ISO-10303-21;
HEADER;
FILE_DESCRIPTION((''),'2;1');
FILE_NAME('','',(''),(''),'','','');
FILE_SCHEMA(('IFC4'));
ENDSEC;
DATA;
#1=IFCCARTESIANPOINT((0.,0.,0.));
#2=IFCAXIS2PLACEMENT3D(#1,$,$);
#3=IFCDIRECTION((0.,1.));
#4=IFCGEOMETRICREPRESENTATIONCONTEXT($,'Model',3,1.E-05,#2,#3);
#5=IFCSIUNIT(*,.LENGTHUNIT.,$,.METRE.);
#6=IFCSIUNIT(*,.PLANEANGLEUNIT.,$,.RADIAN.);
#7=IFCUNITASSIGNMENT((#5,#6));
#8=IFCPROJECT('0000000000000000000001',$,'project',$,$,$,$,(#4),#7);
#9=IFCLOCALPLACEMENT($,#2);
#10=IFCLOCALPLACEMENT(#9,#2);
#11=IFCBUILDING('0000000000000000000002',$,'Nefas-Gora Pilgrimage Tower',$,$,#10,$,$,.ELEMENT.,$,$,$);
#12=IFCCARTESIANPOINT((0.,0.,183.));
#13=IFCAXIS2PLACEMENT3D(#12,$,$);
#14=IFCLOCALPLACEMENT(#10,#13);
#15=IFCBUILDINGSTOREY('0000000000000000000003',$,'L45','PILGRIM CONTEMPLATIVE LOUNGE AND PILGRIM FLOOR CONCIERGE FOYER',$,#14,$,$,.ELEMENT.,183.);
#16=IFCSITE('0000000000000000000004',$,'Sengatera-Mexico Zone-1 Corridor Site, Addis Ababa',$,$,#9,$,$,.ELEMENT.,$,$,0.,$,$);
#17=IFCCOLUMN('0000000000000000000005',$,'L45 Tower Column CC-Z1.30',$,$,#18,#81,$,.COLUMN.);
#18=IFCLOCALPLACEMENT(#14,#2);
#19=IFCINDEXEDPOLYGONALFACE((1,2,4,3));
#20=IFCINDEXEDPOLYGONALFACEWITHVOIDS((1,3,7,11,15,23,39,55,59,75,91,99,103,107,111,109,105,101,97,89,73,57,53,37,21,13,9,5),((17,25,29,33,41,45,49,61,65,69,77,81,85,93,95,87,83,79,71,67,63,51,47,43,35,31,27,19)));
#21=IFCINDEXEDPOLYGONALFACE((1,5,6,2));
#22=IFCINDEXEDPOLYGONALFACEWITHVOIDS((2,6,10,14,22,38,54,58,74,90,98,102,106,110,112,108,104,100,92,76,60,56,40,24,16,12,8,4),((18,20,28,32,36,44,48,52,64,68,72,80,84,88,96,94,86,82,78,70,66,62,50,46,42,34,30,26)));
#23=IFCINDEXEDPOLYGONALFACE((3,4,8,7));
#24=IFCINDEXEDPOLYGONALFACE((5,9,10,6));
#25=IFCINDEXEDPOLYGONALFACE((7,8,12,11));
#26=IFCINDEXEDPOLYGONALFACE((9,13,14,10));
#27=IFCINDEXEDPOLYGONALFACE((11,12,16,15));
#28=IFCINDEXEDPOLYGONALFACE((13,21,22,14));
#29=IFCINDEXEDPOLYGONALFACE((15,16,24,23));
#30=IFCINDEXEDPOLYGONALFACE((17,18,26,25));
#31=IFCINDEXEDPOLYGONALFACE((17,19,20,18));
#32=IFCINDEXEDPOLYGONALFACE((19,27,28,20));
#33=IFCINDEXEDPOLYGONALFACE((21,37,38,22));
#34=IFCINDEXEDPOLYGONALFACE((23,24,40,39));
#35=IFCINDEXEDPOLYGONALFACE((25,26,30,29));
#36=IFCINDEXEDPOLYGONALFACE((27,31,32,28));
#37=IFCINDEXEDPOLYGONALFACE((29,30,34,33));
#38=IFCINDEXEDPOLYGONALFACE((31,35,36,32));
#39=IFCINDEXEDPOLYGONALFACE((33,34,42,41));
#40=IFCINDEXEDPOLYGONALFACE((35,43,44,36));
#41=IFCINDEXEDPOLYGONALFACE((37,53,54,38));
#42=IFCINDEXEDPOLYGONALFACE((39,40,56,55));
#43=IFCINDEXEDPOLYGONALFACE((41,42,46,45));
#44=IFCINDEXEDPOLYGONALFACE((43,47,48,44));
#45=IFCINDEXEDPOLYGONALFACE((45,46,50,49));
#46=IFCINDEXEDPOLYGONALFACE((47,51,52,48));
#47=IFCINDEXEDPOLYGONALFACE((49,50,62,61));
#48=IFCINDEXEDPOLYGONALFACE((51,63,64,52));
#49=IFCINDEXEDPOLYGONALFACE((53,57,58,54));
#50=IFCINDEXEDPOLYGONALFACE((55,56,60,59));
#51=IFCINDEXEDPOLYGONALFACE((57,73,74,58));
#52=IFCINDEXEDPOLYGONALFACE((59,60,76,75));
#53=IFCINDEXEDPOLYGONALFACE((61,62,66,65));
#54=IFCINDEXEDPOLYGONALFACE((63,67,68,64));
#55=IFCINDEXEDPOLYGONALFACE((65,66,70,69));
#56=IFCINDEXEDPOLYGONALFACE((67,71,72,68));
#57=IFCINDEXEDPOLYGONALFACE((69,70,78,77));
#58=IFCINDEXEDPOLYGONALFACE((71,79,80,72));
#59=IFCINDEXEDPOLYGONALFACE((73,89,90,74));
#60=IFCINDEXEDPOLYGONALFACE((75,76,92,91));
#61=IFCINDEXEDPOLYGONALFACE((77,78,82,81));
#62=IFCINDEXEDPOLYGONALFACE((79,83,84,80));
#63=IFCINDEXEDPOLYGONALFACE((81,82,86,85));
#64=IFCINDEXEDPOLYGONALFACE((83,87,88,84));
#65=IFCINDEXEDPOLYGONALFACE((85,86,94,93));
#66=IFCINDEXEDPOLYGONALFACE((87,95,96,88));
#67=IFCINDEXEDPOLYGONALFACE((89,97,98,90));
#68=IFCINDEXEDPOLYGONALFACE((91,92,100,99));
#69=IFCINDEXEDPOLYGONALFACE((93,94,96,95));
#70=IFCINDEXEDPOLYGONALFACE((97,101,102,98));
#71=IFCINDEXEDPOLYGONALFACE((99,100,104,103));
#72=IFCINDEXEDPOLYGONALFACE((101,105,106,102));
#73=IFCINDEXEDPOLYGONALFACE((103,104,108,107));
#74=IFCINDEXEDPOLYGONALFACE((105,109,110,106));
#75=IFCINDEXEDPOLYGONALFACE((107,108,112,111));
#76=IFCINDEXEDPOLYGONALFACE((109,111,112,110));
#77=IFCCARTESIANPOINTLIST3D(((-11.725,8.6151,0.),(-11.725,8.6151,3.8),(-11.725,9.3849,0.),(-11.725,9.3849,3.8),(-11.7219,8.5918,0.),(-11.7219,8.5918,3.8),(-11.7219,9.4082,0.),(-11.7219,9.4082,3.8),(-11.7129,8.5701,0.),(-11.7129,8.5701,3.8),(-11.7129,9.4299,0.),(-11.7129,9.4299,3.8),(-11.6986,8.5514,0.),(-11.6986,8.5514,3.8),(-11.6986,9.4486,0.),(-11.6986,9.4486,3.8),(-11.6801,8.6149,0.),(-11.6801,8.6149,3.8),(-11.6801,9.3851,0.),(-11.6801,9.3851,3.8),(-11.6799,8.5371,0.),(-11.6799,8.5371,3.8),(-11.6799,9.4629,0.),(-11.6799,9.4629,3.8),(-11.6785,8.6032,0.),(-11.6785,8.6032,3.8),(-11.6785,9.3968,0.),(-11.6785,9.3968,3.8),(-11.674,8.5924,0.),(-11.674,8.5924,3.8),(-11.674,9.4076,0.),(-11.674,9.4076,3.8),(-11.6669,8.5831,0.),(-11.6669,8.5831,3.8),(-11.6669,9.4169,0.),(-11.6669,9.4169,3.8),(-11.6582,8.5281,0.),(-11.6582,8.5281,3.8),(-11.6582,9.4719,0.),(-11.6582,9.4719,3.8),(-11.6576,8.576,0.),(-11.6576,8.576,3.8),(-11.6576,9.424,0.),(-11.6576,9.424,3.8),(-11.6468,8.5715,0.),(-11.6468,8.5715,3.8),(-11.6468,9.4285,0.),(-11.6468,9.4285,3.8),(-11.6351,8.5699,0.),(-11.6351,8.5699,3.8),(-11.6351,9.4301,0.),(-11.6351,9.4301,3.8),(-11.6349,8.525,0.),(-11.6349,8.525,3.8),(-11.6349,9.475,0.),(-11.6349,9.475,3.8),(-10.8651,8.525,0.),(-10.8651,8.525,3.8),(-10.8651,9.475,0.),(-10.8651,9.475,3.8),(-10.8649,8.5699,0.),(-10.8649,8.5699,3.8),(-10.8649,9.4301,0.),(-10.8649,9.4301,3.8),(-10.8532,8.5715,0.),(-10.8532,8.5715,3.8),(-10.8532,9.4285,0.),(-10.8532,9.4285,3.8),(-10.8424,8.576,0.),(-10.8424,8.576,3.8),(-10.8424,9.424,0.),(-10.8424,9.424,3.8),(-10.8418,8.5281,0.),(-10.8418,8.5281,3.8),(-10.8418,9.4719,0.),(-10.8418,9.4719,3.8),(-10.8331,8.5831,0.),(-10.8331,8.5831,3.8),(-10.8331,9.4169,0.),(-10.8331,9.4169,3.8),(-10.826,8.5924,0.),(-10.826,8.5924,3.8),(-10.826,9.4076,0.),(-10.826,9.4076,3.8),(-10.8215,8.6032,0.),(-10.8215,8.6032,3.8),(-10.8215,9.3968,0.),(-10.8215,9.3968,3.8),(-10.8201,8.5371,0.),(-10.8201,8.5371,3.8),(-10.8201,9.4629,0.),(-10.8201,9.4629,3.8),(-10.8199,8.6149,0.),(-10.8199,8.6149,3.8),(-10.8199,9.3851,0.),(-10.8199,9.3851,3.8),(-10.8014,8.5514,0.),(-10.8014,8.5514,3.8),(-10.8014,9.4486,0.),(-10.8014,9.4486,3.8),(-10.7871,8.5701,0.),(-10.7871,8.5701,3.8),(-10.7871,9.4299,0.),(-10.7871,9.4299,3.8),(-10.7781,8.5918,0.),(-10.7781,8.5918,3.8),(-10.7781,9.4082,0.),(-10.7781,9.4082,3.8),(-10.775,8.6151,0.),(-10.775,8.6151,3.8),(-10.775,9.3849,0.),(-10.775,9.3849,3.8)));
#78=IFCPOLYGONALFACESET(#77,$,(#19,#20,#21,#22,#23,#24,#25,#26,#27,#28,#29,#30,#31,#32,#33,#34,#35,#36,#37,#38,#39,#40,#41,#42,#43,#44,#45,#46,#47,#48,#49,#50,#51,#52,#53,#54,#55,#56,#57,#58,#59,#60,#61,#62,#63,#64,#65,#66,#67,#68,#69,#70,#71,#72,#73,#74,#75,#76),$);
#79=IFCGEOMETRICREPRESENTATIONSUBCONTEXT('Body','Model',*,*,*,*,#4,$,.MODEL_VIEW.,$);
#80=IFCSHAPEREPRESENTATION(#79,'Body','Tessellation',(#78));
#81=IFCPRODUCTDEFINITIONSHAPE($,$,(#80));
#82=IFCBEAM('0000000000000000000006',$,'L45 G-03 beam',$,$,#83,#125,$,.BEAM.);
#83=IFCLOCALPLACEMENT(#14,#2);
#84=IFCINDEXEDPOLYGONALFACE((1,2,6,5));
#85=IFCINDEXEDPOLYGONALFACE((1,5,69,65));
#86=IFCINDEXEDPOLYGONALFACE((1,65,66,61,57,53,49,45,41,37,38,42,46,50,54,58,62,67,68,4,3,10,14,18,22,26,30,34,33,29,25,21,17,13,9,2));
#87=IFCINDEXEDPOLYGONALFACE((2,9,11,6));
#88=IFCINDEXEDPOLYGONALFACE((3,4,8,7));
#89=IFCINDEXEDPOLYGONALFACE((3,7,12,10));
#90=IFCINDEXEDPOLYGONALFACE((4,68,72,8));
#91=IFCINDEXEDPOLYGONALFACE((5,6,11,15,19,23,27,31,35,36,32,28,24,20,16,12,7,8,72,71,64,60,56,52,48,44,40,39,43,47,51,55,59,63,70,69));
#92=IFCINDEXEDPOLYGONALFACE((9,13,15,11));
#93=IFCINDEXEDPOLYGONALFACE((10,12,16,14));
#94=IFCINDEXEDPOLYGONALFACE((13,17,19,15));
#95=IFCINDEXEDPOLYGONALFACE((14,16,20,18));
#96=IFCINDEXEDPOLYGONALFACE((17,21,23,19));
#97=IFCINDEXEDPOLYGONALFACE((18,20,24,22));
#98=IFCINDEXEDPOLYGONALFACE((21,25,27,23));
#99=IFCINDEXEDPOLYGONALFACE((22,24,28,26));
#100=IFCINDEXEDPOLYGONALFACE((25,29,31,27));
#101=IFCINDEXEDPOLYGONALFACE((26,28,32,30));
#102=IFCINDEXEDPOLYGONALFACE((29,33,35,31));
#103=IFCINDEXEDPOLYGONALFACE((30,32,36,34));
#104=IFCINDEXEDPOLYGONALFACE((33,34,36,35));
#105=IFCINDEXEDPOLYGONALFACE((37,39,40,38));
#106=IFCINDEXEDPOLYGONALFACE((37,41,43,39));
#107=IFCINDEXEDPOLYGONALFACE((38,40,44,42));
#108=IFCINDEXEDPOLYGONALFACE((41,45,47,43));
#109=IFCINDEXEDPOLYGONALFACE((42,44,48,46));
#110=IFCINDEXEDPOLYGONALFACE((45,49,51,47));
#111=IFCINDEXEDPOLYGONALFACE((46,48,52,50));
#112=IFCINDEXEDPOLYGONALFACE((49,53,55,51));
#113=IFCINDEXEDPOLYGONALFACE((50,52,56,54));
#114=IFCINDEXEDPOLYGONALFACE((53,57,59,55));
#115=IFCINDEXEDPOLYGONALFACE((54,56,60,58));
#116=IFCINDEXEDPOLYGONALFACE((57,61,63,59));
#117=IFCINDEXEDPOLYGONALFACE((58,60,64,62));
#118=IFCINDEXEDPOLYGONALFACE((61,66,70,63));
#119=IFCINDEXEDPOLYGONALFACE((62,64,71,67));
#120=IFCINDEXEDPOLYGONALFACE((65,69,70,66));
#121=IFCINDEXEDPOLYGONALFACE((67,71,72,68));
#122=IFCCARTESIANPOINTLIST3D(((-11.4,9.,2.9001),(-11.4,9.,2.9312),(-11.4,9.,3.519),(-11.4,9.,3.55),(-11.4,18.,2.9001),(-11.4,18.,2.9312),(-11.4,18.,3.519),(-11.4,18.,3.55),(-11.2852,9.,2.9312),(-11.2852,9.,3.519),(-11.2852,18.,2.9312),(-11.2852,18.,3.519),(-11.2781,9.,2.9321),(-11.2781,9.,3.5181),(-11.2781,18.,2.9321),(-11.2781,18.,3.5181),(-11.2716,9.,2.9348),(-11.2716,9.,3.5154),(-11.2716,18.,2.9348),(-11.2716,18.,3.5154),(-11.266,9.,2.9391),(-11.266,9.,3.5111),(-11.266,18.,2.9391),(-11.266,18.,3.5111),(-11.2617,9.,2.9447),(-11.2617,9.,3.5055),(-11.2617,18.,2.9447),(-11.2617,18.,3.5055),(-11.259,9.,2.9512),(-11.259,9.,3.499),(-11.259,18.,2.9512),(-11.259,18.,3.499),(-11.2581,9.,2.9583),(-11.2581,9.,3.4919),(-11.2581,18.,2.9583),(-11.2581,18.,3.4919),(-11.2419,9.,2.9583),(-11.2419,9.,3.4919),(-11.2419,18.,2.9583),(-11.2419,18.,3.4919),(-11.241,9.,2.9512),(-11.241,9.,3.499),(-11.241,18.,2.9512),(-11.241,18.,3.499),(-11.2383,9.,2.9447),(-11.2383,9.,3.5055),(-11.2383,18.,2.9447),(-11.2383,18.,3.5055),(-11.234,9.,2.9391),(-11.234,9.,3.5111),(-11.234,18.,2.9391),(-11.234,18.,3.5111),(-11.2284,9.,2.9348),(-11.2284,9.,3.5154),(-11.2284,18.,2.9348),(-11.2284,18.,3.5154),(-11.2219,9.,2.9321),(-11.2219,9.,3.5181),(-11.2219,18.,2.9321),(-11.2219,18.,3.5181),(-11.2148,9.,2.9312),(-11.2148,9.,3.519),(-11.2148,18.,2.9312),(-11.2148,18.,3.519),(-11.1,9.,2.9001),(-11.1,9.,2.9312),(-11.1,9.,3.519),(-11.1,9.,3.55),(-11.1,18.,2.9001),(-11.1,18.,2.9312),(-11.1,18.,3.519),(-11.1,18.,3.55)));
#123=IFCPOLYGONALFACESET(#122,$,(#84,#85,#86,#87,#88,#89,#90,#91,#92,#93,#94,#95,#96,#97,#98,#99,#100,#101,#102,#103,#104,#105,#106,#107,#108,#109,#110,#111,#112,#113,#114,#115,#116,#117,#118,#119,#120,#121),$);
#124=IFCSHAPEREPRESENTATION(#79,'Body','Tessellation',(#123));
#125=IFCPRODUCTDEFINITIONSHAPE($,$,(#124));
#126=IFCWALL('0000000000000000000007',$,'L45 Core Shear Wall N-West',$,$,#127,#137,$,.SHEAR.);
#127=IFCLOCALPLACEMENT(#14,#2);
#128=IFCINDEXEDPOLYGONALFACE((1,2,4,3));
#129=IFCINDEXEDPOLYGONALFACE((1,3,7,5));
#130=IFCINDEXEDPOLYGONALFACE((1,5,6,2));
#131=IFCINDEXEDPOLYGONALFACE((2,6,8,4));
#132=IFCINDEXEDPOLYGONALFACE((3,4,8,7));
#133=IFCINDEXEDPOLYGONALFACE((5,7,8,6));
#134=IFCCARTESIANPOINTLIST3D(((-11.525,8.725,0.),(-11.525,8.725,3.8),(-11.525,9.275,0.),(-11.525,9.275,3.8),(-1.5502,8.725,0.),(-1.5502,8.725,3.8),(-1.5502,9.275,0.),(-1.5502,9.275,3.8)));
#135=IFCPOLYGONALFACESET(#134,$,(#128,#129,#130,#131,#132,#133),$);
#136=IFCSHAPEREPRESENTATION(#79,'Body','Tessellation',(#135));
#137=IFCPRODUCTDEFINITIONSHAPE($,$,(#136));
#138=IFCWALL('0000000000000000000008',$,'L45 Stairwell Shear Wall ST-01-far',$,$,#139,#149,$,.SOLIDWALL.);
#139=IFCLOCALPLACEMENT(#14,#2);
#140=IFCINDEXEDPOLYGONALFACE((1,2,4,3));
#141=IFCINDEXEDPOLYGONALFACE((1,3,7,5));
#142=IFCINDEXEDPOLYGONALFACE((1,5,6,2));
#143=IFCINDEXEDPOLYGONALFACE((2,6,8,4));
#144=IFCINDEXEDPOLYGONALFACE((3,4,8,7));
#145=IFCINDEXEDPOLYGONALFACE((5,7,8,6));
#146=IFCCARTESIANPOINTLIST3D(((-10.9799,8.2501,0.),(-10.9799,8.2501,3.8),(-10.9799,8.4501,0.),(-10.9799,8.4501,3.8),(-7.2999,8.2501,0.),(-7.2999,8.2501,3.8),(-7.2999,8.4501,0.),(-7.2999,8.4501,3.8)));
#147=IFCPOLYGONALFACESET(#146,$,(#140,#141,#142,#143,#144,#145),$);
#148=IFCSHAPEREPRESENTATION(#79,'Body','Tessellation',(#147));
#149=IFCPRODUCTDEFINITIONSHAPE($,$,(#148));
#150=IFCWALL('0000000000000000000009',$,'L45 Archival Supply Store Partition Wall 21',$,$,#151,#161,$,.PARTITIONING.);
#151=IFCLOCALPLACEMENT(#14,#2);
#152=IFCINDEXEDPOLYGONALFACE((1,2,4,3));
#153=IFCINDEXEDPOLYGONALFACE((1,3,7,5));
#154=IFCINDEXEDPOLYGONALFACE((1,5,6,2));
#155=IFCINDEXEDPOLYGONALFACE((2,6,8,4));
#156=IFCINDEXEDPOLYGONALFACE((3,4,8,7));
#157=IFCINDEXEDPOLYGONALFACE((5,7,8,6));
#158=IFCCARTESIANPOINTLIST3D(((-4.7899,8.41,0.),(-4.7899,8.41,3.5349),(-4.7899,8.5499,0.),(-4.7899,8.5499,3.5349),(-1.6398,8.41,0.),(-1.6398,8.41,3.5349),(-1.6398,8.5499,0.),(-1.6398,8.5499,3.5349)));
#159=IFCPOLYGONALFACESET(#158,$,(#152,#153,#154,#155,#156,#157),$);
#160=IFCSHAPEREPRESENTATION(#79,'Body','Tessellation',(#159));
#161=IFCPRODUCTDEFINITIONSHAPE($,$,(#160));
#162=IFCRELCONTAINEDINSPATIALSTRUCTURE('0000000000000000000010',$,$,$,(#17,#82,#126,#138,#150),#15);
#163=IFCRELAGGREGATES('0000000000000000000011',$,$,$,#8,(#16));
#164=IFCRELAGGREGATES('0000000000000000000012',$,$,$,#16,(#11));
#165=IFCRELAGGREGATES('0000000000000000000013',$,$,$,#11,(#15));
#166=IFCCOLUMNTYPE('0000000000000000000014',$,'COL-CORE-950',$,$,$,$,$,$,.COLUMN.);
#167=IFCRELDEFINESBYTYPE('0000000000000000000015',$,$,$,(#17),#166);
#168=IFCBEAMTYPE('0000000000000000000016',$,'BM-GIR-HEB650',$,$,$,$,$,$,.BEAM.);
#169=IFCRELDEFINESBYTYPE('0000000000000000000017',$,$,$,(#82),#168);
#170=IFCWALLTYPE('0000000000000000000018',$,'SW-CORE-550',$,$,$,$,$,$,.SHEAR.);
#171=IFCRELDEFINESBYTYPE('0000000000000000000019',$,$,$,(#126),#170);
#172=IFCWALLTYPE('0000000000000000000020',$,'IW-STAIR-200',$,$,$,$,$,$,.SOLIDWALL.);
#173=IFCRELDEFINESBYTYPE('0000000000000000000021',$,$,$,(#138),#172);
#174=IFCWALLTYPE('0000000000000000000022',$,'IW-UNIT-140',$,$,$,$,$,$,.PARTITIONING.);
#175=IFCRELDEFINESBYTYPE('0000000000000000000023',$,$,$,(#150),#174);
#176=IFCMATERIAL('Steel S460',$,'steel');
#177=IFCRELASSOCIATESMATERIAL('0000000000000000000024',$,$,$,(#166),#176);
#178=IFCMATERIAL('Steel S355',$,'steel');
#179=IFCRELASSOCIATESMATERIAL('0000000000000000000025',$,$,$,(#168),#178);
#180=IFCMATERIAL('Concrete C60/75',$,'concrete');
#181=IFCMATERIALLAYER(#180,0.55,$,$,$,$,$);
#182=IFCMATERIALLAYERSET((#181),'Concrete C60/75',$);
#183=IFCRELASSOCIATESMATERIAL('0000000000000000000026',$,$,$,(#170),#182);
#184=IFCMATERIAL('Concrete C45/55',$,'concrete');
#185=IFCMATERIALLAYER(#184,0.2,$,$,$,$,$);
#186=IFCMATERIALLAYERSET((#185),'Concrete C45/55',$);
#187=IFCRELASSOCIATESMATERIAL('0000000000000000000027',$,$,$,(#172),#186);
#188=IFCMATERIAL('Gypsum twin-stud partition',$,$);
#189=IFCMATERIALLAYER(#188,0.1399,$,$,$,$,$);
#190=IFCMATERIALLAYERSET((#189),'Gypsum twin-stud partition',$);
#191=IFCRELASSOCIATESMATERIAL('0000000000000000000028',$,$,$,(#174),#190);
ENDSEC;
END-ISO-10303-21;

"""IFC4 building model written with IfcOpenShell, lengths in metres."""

from ifc_helpers import new_model, si_unit, direction, frame, frame_2d, origin, origin_2d, place, context, subcontext, project, spatial, rectangle, hollow_rectangle, i_section, extrude, source, transform, mapped, material, layer, layer_set, material_profile, profile_set, type_object, element, save


model = new_model("IFC4")

# Units and contexts
model_context = context("Model", 3, precision=1e-05, world=origin(), true_north=direction((0.0, 1.0)))
body_context = subcontext(model_context, "Body", "Model", "MODEL_VIEW")
ifc_project = project(units=[si_unit("LENGTHUNIT", "METRE"), si_unit("PLANEANGLEUNIT", "RADIAN")], contexts=[model_context])

# Site, building, storey
site_placement = place(None, origin())
site = spatial("IfcSite", under=ifc_project, at=site_placement, Name="Sengatera-Mexico Zone-1 Corridor Site, Addis Ababa", CompositionType="ELEMENT", RefElevation=0.0)
building_placement = place(site_placement, origin())
building = spatial("IfcBuilding", under=site, at=building_placement, Name="Nefas-Gora Pilgrimage Tower", CompositionType="ELEMENT")
storey_placement = place(building_placement, frame((0.0, 0.0, 183.0)))
storey = spatial("IfcBuildingStorey", under=building, at=storey_placement, Name="L45", Description="PILGRIM CONTEMPLATIVE LOUNGE AND PILGRIM FLOOR CONCIERGE FOYER", CompositionType="ELEMENT", Elevation=183.0)

# Column
ifc_material_1 = material(Name="Steel S460", Category="steel")
ifc_material_profile_1 = material_profile(ifc_material_1, hollow_rectangle(XDim=0.95, YDim=0.95, WallThickness=0.0449, InnerFilletRadius=0.0449, OuterFilletRadius=0.0901, at=origin_2d()), Name="BOX 950x950x45")
ifc_profile_set_1 = profile_set([ifc_material_profile_1], Name="Steel S460")
column_type = type_object("IfcColumnType", Name="COL-CORE-950", PredefinedType="COLUMN", material=ifc_profile_set_1)
shared_shape_1 = source(origin(), body_context, "Body", "SweptSolid", [
    extrude(hollow_rectangle(XDim=0.95, YDim=0.95, WallThickness=0.0449, InnerFilletRadius=0.0449, OuterFilletRadius=0.0901, at=origin_2d()), origin(), (0.0, 0.0, 1.0), 3.8),
])
column_placement = place(storey_placement, frame((-11.25, 9.0, 0.0), z_axis=(0.0, 0.0, 1.0), x_axis=(1.0, 0.0, 0.0)))
element("IfcColumn", 1, at=column_placement, inside=storey, type_object=column_type, Name="L45 Tower Column CC-Z1.30", PredefinedType="COLUMN", context=body_context, shape_type="MappedRepresentation", body=[
    mapped(shared_shape_1, transform((0.0, 0.0, 0.0), x_axis=(1.0, 0.0, 0.0), y_axis=(0.0, 1.0, 0.0), z_axis=(0.0, 0.0, 1.0), scale=1.0)),
])

# Beam
ifc_material_2 = material(Name="Steel S355", Category="steel")
ifc_material_profile_2 = material_profile(ifc_material_2, i_section(OverallWidth=0.3, OverallDepth=0.6499, WebThickness=0.0161, FlangeThickness=0.031, FilletRadius=0.0271, at=origin_2d()), Name="HEB 650")
ifc_profile_set_2 = profile_set([ifc_material_profile_2], Name="Steel S355")
beam_type = type_object("IfcBeamType", Name="BM-GIR-HEB650", PredefinedType="BEAM", material=ifc_profile_set_2)
shared_shape_2 = source(origin(), body_context, "Body", "SweptSolid", [
    extrude(i_section(OverallWidth=0.3, OverallDepth=0.6499, WebThickness=0.0161, FlangeThickness=0.031, FilletRadius=0.0271, at=origin_2d()), origin(), (0.0, 0.0, 1.0), 9.0),
])
beam_placement = place(storey_placement, frame((-11.25, 9.0, 3.2251), z_axis=(0.0, 1.0, 0.0), x_axis=(-1.0, 0.0, 0.0)))
element("IfcBeam", 2, at=beam_placement, inside=storey, type_object=beam_type, Name="L45 G-03 beam", PredefinedType="BEAM", context=body_context, shape_type="MappedRepresentation", body=[
    mapped(shared_shape_2, transform((0.0, 0.0, 0.0), x_axis=(1.0, 0.0, 0.0), y_axis=(0.0, 1.0, 0.0), z_axis=(0.0, 0.0, 1.0), scale=1.0)),
])

# Walls
ifc_material_3 = material(Name="Concrete C60/75", Category="concrete")
ifc_layer_1 = layer(ifc_material_3, 0.55)
ifc_layer_set_1 = layer_set([ifc_layer_1], Name="Concrete C60/75")
wall_type_1 = type_object("IfcWallType", Name="SW-CORE-550", PredefinedType="SHEAR", material=ifc_layer_set_1)
shared_shape_3 = source(origin(), body_context, "Body", "SweptSolid", [
    extrude(rectangle(XDim=9.9749, YDim=0.55, at=frame_2d((4.9873, 0.0))), origin(), (0.0, 0.0, 1.0), 3.8),
])
wall_1_placement = place(storey_placement, frame((-11.5249, 9.0, 0.0), z_axis=(0.0, 0.0, 1.0), x_axis=(1.0, 0.0, 0.0)))
element("IfcWall", 3, at=wall_1_placement, inside=storey, type_object=wall_type_1, Name="L45 Core Shear Wall N-West", PredefinedType="SHEAR", context=body_context, shape_type="MappedRepresentation", body=[
    mapped(shared_shape_3, transform((0.0, 0.0, 0.0), x_axis=(1.0, 0.0, 0.0), y_axis=(0.0, 1.0, 0.0), z_axis=(0.0, 0.0, 1.0), scale=1.0)),
])
ifc_material_4 = material(Name="Concrete C45/55", Category="concrete")
ifc_layer_2 = layer(ifc_material_4, 0.2)
ifc_layer_set_2 = layer_set([ifc_layer_2], Name="Concrete C45/55")
wall_type_2 = type_object("IfcWallType", Name="IW-STAIR-200", PredefinedType="SOLIDWALL", material=ifc_layer_set_2)
shared_shape_4 = source(origin(), body_context, "Body", "SweptSolid", [
    extrude(rectangle(XDim=3.6799, YDim=0.2, at=frame_2d((1.8398, 0.0))), origin(), (0.0, 0.0, 1.0), 3.8),
])
wall_2_placement = place(storey_placement, frame((-7.3, 8.3501, 0.0), z_axis=(0.0, 0.0, 1.0), x_axis=(-1.0, 0.0, 0.0)))
element("IfcWall", 4, at=wall_2_placement, inside=storey, type_object=wall_type_2, Name="L45 Stairwell Shear Wall ST-01-far", PredefinedType="SOLIDWALL", context=body_context, shape_type="MappedRepresentation", body=[
    mapped(shared_shape_4, transform((0.0, 0.0, 0.0), x_axis=(1.0, 0.0, 0.0), y_axis=(0.0, 1.0, 0.0), z_axis=(0.0, 0.0, 1.0), scale=1.0)),
])
ifc_material_5 = material(Name="Gypsum twin-stud partition")
ifc_layer_3 = layer(ifc_material_5, 0.1399)
ifc_layer_set_3 = layer_set([ifc_layer_3], Name="Gypsum twin-stud partition")
wall_type_3 = type_object("IfcWallType", Name="IW-UNIT-140", PredefinedType="PARTITIONING", material=ifc_layer_set_3)
shared_shape_5 = source(origin(), body_context, "Body", "SweptSolid", [
    extrude(rectangle(XDim=3.1501, YDim=0.1399, at=frame_2d((1.5752, 0.0))), origin(), (0.0, 0.0, 1.0), 3.5349),
])
wall_3_placement = place(storey_placement, frame((-4.79, 8.48, 0.0), z_axis=(0.0, 0.0, 1.0), x_axis=(1.0, 0.0, 0.0)))
element("IfcWall", 5, at=wall_3_placement, inside=storey, type_object=wall_type_3, Name="L45 Archival Supply Store Partition Wall 21", PredefinedType="PARTITIONING", context=body_context, shape_type="MappedRepresentation", body=[
    mapped(shared_shape_5, transform((0.0, 0.0, 0.0), x_axis=(1.0, 0.0, 0.0), y_axis=(0.0, 1.0, 0.0), z_axis=(0.0, 0.0, 1.0), scale=1.0)),
])

save(model, "model.ifc")
